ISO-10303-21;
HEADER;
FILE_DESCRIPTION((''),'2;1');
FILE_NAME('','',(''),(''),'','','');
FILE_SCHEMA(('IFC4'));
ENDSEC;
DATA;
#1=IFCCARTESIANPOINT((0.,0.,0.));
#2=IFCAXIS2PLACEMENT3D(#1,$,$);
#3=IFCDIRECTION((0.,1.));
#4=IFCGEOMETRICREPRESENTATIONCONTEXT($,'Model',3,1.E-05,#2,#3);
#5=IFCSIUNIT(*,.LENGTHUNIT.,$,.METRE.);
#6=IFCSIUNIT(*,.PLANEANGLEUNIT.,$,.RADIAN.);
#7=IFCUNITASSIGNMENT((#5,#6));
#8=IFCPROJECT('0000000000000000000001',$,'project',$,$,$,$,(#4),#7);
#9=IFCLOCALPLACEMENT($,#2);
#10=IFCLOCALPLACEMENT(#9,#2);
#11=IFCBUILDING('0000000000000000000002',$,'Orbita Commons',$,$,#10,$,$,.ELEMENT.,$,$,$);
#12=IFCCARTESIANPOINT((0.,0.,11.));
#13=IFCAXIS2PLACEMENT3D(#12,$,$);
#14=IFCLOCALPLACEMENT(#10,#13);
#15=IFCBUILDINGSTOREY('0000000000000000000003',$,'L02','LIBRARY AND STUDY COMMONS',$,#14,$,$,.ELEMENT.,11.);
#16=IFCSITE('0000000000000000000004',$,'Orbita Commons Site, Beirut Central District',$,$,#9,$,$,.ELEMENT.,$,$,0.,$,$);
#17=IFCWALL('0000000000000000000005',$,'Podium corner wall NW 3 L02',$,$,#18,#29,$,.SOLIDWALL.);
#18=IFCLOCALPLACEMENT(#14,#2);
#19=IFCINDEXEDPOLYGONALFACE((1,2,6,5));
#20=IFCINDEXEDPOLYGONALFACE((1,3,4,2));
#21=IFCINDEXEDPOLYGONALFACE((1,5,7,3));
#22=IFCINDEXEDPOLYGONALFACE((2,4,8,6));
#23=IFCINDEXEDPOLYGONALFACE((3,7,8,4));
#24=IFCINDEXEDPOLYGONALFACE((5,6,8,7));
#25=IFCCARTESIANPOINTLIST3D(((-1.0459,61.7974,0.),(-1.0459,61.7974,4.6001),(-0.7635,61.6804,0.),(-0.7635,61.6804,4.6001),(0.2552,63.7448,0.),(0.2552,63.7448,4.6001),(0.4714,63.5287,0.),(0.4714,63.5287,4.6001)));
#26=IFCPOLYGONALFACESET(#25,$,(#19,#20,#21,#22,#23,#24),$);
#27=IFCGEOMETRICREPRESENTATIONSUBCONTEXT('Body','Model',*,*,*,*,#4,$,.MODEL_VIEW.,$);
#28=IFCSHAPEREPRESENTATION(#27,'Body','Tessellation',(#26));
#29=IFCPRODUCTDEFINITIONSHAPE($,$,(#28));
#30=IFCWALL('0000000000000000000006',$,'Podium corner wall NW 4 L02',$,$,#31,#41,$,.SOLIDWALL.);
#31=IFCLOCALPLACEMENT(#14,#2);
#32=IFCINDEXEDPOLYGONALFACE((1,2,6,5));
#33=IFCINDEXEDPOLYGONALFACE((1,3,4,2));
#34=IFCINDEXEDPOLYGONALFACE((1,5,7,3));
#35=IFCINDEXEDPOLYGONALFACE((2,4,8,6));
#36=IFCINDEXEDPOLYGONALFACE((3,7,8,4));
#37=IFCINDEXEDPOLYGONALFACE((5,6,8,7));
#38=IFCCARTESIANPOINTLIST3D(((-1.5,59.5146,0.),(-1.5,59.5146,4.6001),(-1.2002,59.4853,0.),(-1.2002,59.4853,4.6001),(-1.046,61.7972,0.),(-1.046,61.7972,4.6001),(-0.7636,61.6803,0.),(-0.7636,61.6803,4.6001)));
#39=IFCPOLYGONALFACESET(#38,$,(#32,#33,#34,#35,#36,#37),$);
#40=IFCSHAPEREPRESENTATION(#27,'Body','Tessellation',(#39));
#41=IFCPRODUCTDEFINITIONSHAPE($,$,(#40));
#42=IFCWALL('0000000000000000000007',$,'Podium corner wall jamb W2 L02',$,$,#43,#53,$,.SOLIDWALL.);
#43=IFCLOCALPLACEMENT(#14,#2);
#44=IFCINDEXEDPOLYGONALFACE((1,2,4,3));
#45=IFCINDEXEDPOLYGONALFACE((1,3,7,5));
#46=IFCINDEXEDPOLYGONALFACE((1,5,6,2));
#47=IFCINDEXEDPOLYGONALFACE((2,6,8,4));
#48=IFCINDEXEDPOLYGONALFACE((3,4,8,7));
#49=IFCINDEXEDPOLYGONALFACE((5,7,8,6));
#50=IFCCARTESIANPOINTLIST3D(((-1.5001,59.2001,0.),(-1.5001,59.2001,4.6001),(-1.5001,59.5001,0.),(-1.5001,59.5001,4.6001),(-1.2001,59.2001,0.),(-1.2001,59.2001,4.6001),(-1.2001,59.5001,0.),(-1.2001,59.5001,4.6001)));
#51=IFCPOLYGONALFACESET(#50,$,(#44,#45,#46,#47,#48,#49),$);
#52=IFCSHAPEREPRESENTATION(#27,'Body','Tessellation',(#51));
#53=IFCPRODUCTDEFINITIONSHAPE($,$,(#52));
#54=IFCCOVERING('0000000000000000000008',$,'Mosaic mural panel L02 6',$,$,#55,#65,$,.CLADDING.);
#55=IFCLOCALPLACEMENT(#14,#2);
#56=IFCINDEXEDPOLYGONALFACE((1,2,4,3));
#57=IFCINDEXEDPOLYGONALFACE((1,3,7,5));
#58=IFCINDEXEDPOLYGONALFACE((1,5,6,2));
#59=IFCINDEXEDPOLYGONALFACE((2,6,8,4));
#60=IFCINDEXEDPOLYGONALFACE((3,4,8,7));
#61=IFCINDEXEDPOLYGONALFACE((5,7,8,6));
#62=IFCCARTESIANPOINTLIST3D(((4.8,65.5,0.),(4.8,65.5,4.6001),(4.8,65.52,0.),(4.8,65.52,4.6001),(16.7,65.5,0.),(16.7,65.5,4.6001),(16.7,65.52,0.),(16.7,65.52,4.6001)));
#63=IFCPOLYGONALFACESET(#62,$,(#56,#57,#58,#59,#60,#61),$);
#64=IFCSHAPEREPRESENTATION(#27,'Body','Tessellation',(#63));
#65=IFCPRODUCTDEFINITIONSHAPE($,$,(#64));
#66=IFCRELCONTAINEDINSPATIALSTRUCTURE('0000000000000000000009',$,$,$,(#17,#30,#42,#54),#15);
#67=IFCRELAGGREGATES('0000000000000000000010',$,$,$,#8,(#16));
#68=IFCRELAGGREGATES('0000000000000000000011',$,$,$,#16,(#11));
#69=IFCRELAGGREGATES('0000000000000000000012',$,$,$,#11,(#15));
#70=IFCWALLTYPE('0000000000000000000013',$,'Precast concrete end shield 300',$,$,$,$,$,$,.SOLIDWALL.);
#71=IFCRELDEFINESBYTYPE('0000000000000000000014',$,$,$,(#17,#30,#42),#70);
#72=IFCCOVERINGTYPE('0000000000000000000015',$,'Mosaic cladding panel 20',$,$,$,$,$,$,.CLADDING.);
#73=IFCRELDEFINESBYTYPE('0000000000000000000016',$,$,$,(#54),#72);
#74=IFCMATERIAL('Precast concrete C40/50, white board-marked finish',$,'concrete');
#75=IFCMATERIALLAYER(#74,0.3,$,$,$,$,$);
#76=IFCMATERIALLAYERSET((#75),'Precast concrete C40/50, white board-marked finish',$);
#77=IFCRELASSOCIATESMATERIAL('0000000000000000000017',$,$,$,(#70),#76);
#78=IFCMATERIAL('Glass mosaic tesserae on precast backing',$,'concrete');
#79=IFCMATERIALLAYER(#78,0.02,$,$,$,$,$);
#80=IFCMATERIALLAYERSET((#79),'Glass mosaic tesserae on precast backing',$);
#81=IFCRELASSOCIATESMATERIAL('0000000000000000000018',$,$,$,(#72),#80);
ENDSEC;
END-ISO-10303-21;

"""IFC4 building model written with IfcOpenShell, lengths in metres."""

from ifc_helpers import new_model, si_unit, direction, frame, frame_2d, origin, origin_2d, place, context, subcontext, project, spatial, polyline, rectangle, outline, extrude, material, layer, layer_set, type_object, element, save


model = new_model("IFC4")

# Units and contexts
model_context = context("Model", 3, precision=1e-05, world=origin(), true_north=direction((0.0, 1.0)))
body_context = subcontext(model_context, "Body", "Model", "MODEL_VIEW")
ifc_project = project(units=[si_unit("LENGTHUNIT", "METRE"), si_unit("PLANEANGLEUNIT", "RADIAN")], contexts=[model_context])

# Site, building, storey
site_placement = place(None, origin())
site = spatial("IfcSite", under=ifc_project, at=site_placement, Name="Orbita Commons Site, Beirut Central District", CompositionType="ELEMENT", RefElevation=0.0)
building_placement = place(site_placement, origin())
building = spatial("IfcBuilding", under=site, at=building_placement, Name="Orbita Commons", CompositionType="ELEMENT")
storey_placement = place(building_placement, frame((0.0, 0.0, 11.0)))
storey = spatial("IfcBuildingStorey", under=building, at=storey_placement, Name="L02", Description="LIBRARY AND STUDY COMMONS", CompositionType="ELEMENT", Elevation=11.0)

# Walls
ifc_material_1 = material(Name="Precast concrete C40/50, white board-marked finish", Category="concrete")
ifc_layer_1 = layer(ifc_material_1, 0.3)
ifc_layer_set_1 = layer_set([ifc_layer_1], Name="Precast concrete C40/50, white board-marked finish")
wall_type = type_object("IfcWallType", Name="Precast concrete end shield 300", PredefinedType="SOLIDWALL", material=ifc_layer_set_1)
for number, where, z_axis, x_axis, name in (
    (1, (0.3633, 63.6367, 0.0), (0.0, 0.0, 1.0), (-0.555539, -0.83149, 0.0), "Podium corner wall NW 3 L02"),
):
    element("IfcWall", number, at=place(storey_placement, frame(where, z_axis=z_axis, x_axis=x_axis)), inside=storey, type_object=wall_type, Name=name, PredefinedType="SOLIDWALL", context=body_context, shape_type="SweptSolid", body=[
        extrude(outline(polyline([(-0.0298, -0.1499), (2.3123, -0.1499), (2.2527, 0.1499), (0.0298, 0.1499), (-0.0298, -0.1499)])), origin(), (0.0, 0.0, 1.0), 4.6001),
    ])
wall_1_placement = place(storey_placement, frame((-0.9048, 61.7388, 0.0), z_axis=(0.0, 0.0, 1.0), x_axis=(-0.195088, -0.980786, 0.0)))
element("IfcWall", 2, at=wall_1_placement, inside=storey, type_object=wall_type, Name="Podium corner wall NW 4 L02", PredefinedType="SOLIDWALL", context=body_context, shape_type="SweptSolid", body=[
    extrude(outline(polyline([(-0.0298, -0.1499), (2.2976, -0.1499), (2.2678, 0.1499), (0.0298, 0.1499), (-0.0298, -0.1499)])), origin(), (0.0, 0.0, 1.0), 4.6001),
])
wall_2_placement = place(storey_placement, frame((-1.3501, 59.5, 0.0), z_axis=(0.0, 0.0, 1.0), x_axis=(0.0, -1.0, 0.0)))
element("IfcWall", 3, at=wall_2_placement, inside=storey, type_object=wall_type, Name="Podium corner wall jamb W2 L02", PredefinedType="SOLIDWALL", context=body_context, shape_type="SweptSolid", body=[
    extrude(rectangle(XDim=0.3, YDim=0.3, at=frame_2d((0.1499, 0.0))), origin(), (0.0, 0.0, 1.0), 4.6001),
])

# Covering
ifc_material_2 = material(Name="Glass mosaic tesserae on precast backing", Category="concrete")
ifc_layer_2 = layer(ifc_material_2, 0.02)
ifc_layer_set_2 = layer_set([ifc_layer_2], Name="Glass mosaic tesserae on precast backing")
covering_type = type_object("IfcCoveringType", Name="Mosaic cladding panel 20", PredefinedType="CLADDING", material=ifc_layer_set_2)
covering_placement = place(storey_placement, frame((10.75, 65.51, 0.0), z_axis=(0.0, 0.0, 1.0), x_axis=(1.0, 0.0, 0.0)))
element("IfcCovering", 4, at=covering_placement, inside=storey, type_object=covering_type, Name="Mosaic mural panel L02 6", PredefinedType="CLADDING", context=body_context, shape_type="SweptSolid", body=[
    extrude(rectangle(XDim=11.8999, YDim=0.02, at=origin_2d()), origin(), (0.0, 0.0, 1.0), 4.6001),
])

save(model, "model.ifc")
